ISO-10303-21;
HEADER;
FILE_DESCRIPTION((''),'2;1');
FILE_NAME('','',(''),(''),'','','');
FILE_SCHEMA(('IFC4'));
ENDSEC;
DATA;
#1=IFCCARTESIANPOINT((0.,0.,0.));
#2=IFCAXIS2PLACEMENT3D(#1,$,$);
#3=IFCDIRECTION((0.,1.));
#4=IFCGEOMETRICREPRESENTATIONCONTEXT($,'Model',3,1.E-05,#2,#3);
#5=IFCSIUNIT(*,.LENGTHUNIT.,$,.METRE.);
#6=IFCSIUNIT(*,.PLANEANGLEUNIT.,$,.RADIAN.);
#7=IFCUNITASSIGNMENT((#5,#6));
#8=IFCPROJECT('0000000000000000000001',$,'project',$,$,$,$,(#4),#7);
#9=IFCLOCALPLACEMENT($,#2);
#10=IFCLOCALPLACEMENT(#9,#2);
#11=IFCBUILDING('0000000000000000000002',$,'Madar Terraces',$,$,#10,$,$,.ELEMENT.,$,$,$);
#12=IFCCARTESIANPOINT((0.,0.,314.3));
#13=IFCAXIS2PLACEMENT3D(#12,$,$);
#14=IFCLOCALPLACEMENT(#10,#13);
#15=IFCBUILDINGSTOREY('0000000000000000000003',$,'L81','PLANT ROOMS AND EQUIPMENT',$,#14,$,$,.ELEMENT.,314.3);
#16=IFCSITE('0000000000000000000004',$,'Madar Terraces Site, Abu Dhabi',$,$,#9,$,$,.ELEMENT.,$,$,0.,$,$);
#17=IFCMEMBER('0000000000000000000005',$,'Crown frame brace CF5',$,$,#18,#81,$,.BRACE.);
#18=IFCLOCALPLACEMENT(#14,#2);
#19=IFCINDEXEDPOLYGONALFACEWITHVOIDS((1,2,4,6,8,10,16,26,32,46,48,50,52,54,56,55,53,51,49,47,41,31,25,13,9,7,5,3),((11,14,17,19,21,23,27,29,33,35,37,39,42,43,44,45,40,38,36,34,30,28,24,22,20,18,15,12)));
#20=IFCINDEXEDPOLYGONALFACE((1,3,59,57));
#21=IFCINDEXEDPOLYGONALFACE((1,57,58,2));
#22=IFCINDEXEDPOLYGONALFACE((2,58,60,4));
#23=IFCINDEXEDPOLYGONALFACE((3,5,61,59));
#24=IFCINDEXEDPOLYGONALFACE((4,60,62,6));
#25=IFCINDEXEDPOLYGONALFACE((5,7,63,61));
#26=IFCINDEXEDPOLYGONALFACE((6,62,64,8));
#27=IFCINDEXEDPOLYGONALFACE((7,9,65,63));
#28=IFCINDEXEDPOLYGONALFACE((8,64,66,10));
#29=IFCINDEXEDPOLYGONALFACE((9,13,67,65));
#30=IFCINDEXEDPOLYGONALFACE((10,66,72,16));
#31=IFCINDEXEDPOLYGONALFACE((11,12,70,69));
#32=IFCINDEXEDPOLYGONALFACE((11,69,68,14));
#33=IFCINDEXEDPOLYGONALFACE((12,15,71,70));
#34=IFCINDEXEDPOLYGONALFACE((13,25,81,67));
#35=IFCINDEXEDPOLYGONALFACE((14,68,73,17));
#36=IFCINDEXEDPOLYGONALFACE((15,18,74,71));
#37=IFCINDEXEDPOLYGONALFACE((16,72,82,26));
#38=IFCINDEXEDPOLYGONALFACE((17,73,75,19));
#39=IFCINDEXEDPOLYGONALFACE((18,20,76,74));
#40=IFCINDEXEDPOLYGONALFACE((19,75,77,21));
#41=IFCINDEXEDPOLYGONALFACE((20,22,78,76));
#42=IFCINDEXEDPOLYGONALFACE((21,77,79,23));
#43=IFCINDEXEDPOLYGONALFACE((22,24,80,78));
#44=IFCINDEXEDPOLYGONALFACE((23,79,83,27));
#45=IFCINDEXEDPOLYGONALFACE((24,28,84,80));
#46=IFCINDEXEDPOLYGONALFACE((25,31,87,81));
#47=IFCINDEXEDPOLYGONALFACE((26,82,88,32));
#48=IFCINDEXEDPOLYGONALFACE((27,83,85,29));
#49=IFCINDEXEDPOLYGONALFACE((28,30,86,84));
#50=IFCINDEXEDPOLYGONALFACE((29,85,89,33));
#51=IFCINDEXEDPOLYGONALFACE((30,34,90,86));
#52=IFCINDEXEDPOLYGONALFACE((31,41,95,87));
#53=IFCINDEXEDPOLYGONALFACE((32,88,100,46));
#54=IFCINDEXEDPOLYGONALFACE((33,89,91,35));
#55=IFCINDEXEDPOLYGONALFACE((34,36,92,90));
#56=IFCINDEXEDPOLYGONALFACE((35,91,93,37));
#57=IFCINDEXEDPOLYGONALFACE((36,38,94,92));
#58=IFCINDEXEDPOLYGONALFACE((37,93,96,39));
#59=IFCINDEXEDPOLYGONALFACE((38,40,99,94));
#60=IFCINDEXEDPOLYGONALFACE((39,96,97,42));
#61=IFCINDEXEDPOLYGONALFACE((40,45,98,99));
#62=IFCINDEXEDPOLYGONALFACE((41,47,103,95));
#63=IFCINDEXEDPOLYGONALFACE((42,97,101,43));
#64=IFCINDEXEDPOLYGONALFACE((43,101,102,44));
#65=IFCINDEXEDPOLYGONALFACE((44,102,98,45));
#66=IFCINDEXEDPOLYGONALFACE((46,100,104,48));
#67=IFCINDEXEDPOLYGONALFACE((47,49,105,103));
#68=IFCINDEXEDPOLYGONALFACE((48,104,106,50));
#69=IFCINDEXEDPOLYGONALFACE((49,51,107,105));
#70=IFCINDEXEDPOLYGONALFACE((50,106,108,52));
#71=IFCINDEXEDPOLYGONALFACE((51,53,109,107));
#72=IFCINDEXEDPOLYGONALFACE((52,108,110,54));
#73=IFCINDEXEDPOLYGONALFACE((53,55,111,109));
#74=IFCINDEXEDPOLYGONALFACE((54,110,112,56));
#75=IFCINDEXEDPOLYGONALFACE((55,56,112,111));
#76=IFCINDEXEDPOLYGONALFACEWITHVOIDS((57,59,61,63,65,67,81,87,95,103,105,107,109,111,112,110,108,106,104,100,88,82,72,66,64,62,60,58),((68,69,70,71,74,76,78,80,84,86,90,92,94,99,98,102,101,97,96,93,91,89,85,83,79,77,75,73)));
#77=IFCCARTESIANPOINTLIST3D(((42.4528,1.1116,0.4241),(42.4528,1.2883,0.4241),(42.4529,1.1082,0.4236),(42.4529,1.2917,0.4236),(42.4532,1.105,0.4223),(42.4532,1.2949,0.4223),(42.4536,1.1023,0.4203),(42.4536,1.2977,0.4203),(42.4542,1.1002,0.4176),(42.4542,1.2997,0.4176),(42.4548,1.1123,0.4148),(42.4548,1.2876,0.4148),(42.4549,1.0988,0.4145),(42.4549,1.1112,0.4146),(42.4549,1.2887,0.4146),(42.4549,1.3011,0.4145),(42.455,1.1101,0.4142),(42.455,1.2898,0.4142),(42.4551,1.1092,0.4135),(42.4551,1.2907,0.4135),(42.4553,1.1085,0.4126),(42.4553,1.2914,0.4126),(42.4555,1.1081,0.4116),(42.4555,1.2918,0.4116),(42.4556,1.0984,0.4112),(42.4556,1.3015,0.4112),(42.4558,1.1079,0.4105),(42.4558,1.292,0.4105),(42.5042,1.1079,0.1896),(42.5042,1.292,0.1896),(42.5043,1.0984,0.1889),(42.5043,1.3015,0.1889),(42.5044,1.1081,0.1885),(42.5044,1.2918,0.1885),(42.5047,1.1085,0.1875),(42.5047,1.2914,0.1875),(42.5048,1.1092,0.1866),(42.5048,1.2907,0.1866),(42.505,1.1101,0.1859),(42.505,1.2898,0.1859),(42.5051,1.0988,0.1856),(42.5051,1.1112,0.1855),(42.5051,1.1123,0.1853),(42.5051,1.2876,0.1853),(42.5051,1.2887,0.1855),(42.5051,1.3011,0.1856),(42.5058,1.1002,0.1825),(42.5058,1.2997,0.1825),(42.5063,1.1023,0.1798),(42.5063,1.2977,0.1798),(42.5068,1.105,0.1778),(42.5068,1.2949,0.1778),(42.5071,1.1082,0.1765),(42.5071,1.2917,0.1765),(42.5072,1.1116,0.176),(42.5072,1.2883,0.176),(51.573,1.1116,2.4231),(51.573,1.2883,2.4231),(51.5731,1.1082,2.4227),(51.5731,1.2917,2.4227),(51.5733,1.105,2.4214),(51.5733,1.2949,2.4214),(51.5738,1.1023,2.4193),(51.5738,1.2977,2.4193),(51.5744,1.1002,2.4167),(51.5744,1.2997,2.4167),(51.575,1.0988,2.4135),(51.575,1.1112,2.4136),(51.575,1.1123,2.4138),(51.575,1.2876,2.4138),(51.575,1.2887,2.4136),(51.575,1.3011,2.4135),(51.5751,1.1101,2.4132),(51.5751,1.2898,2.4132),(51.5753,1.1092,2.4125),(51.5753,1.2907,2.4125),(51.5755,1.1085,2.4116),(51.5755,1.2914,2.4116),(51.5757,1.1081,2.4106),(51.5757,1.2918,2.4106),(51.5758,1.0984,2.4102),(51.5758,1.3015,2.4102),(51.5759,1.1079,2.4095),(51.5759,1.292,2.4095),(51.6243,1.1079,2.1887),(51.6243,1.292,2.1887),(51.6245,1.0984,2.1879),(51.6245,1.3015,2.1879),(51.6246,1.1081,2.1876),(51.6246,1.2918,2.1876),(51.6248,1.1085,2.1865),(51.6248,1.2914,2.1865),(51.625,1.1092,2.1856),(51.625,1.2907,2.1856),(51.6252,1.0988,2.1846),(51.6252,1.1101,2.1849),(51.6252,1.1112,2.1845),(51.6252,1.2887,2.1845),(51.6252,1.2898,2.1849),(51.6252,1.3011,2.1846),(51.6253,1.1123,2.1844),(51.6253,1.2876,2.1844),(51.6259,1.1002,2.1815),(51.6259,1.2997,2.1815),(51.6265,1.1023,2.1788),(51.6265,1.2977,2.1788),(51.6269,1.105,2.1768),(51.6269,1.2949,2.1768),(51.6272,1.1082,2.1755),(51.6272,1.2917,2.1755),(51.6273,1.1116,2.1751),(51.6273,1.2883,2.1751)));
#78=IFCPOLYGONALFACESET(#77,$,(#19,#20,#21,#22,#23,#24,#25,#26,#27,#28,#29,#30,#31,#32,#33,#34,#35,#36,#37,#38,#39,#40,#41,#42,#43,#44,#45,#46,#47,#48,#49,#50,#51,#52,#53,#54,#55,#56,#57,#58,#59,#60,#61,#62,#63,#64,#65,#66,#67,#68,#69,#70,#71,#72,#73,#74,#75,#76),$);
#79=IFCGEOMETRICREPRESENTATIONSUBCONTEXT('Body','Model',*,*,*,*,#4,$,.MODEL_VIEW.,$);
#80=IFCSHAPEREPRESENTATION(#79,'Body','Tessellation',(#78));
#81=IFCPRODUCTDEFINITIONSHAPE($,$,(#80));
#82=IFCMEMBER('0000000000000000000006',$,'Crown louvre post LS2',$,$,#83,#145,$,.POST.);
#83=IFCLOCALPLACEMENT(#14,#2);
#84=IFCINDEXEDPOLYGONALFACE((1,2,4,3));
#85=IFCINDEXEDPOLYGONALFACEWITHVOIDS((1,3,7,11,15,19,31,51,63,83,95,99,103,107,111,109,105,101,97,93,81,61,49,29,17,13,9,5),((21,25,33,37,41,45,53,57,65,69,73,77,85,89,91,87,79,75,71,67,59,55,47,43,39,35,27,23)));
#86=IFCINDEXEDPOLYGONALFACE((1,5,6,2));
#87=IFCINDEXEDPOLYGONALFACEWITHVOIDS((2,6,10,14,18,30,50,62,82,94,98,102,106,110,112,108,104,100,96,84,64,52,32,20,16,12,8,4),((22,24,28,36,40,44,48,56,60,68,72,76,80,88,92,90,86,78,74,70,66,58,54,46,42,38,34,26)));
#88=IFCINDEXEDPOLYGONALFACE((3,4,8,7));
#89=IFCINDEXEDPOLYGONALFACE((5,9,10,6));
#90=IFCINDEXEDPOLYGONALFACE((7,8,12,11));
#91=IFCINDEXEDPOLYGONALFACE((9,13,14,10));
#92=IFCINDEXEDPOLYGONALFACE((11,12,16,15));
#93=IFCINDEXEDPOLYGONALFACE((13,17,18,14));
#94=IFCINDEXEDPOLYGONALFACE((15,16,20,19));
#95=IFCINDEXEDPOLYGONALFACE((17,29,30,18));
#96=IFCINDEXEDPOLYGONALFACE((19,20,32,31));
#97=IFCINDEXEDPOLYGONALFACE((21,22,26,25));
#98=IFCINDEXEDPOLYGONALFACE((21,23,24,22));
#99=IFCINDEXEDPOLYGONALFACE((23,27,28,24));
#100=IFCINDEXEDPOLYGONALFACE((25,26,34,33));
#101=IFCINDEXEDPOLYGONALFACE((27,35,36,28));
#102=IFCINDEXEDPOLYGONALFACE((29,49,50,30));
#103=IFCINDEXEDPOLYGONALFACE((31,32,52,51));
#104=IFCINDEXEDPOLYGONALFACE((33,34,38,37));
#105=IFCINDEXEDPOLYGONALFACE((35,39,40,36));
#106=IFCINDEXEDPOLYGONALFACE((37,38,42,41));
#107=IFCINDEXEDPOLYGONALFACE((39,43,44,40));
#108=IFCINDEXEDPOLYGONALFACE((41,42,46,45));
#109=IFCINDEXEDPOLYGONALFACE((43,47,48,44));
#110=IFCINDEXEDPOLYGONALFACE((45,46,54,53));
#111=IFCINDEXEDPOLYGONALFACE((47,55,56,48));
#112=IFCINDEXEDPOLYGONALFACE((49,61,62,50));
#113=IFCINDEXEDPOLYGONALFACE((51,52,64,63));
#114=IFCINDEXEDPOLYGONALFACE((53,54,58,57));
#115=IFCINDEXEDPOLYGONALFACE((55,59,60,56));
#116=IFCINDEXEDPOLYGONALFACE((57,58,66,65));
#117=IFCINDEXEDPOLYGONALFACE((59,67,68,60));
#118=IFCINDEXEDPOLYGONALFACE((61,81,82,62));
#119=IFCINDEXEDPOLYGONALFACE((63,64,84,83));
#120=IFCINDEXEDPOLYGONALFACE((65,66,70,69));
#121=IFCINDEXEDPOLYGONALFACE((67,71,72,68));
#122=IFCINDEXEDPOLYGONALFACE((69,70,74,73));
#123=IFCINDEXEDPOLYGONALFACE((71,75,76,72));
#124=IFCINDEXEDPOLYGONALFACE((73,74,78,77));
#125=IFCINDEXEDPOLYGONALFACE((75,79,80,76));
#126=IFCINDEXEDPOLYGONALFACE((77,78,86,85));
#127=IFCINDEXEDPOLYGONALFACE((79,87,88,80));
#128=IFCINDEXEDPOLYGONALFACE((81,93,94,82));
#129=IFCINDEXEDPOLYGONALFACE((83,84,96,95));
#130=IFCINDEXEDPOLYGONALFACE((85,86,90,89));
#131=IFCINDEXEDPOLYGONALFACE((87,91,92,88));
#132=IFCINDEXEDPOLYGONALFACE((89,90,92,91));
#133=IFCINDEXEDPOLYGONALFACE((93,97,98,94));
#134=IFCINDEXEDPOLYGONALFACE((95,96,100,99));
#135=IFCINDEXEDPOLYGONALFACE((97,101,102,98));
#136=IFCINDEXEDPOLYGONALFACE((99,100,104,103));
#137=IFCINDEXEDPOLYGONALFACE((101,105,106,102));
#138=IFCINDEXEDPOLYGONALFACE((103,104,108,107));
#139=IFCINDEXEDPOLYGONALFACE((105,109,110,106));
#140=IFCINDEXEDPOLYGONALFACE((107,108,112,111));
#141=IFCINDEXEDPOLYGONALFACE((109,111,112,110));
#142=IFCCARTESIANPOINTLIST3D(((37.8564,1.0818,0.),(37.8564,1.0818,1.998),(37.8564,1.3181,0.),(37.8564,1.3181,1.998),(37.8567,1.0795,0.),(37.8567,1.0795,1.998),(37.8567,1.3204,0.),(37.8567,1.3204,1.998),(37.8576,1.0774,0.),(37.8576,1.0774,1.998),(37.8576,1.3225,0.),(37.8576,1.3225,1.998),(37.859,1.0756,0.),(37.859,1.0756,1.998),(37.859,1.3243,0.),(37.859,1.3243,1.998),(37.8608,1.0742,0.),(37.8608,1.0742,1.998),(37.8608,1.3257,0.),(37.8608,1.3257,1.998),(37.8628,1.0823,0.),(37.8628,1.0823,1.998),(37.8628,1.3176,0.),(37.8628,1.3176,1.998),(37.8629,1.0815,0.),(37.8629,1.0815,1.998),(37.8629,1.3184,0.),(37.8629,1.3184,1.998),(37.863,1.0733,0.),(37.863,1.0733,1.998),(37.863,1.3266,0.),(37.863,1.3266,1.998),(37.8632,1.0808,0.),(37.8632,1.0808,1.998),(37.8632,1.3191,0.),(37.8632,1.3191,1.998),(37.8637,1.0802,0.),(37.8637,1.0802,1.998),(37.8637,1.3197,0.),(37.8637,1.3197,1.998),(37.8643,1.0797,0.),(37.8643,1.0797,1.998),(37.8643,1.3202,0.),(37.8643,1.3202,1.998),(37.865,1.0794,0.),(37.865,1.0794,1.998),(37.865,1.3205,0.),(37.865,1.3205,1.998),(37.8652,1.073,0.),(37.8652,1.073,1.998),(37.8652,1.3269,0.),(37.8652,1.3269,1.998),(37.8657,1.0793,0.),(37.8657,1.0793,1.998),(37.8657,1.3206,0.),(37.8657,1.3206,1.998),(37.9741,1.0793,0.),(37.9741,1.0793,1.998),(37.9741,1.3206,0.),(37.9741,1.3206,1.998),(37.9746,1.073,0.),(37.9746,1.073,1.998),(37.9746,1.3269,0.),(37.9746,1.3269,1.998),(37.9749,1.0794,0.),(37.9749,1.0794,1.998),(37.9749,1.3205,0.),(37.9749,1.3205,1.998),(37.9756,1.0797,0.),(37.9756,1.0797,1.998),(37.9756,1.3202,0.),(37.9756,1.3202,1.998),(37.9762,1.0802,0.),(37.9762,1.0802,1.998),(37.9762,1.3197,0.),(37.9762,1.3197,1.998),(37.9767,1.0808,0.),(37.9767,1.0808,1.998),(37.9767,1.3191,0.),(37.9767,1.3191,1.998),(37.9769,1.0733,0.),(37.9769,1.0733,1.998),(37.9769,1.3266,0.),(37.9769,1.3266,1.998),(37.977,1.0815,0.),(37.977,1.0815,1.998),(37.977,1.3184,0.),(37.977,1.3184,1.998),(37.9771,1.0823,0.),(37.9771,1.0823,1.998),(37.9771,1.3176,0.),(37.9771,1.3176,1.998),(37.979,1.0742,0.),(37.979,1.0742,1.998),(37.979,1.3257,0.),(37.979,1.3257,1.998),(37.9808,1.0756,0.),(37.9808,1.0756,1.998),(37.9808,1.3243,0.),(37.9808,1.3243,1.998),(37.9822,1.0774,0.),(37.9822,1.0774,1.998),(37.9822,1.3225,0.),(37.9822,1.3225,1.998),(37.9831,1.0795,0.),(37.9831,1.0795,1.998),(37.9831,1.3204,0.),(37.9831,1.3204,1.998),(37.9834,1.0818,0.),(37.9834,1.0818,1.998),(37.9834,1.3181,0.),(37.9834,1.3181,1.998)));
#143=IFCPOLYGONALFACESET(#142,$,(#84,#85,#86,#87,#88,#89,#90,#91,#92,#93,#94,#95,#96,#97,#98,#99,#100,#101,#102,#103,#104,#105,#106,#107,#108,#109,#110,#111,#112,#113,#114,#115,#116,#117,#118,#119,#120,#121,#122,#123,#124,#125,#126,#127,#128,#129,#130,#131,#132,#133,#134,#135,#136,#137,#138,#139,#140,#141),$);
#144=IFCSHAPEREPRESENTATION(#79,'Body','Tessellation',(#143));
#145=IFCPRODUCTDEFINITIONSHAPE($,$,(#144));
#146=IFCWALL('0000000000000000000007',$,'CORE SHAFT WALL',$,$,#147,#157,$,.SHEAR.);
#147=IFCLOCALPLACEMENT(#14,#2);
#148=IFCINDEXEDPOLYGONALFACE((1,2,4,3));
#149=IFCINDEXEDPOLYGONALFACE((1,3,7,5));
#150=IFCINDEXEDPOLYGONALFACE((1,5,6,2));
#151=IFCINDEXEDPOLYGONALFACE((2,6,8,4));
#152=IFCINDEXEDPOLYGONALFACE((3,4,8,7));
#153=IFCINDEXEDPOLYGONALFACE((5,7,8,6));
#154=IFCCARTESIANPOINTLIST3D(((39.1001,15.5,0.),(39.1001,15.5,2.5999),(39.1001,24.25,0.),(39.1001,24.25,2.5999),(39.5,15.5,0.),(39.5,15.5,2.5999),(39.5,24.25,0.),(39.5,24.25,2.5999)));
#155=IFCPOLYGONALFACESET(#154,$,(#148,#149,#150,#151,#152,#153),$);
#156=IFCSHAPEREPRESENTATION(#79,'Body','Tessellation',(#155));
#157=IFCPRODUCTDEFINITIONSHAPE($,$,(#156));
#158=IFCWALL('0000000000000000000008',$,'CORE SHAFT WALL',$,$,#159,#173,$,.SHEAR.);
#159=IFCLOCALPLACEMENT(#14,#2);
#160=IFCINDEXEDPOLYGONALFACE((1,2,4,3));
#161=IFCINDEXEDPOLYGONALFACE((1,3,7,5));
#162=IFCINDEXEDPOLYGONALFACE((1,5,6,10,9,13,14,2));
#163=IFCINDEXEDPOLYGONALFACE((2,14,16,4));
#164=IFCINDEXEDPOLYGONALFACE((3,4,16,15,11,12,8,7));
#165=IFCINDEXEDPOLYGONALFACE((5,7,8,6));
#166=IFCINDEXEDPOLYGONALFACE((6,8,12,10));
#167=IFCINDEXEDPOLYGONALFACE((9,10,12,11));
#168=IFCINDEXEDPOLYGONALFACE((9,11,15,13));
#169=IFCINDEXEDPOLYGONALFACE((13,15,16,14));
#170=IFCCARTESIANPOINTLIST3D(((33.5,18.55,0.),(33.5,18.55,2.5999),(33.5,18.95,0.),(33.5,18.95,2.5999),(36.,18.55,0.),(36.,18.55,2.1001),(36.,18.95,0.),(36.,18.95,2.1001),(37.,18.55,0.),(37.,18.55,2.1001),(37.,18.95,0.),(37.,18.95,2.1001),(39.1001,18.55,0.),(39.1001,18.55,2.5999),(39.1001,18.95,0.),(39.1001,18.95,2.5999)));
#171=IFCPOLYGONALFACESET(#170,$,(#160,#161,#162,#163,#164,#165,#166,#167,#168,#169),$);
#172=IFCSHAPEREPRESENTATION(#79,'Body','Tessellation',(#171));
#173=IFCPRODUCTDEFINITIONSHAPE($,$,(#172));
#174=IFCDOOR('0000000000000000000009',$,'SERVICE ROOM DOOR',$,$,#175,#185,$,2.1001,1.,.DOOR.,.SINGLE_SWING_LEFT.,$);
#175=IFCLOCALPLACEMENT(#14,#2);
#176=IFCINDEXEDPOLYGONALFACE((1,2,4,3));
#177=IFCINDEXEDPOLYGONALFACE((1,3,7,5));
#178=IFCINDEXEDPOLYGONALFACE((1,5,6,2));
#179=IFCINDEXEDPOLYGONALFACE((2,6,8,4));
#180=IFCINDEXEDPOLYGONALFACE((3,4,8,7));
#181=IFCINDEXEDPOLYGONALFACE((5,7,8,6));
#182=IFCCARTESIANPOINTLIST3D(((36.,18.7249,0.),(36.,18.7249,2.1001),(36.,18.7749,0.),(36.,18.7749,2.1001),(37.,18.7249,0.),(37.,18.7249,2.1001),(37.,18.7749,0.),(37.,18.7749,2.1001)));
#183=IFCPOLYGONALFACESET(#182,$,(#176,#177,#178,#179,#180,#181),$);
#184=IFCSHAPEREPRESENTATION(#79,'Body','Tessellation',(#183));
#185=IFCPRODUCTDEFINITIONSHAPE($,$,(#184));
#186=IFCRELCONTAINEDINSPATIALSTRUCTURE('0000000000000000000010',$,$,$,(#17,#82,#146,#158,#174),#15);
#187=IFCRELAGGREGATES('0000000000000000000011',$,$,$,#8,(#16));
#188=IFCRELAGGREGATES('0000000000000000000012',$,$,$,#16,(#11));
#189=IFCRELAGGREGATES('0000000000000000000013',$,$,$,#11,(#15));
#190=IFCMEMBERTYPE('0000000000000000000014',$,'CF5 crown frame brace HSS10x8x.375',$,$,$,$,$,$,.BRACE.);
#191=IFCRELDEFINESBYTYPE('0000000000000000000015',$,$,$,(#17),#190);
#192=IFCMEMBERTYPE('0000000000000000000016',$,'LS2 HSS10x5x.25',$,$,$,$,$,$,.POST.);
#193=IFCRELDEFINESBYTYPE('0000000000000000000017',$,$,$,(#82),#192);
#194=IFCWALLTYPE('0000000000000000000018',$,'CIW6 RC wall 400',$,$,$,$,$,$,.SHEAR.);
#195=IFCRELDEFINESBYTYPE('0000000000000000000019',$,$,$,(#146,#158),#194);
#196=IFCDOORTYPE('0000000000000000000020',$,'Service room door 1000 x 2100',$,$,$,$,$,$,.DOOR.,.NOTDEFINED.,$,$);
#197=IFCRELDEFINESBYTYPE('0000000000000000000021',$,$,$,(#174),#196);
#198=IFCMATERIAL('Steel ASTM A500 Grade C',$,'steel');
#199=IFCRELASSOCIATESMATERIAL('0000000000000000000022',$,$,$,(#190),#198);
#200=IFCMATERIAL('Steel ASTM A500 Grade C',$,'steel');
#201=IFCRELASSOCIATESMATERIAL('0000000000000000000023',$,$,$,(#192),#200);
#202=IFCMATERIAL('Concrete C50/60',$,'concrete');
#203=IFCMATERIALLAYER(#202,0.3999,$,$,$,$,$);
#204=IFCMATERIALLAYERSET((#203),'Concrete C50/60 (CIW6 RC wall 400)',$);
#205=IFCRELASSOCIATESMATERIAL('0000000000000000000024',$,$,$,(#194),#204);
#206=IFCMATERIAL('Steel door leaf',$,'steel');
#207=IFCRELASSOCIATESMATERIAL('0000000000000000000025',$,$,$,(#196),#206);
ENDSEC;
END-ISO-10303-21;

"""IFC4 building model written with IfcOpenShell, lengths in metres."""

from ifc_helpers import new_model, si_unit, direction, frame, frame_2d, origin, origin_2d, place, context, subcontext, project, spatial, rectangle, hollow_rectangle, extrude, material, layer, layer_set, material_profile, profile_set, type_object, element, fill, save


model = new_model("IFC4")

# Units and contexts
model_context = context("Model", 3, precision=1e-05, world=origin(), true_north=direction((0.0, 1.0)))
body_context = subcontext(model_context, "Body", "Model", "MODEL_VIEW")
ifc_project = project(units=[si_unit("LENGTHUNIT", "METRE"), si_unit("PLANEANGLEUNIT", "RADIAN")], contexts=[model_context])

# Site, building, storey
site_placement = place(None, origin())
site = spatial("IfcSite", under=ifc_project, at=site_placement, Name="Madar Terraces Site, Abu Dhabi", CompositionType="ELEMENT", RefElevation=0.0)
building_placement = place(site_placement, origin())
building = spatial("IfcBuilding", under=site, at=building_placement, Name="Madar Terraces", CompositionType="ELEMENT")
storey_placement = place(building_placement, frame((0.0, 0.0, 314.3)))
storey = spatial("IfcBuildingStorey", under=building, at=storey_placement, Name="L81", Description="PLANT ROOMS AND EQUIPMENT", CompositionType="ELEMENT", Elevation=314.3)

# Members
ifc_material_1 = material(Name="Steel ASTM A500 Grade C", Category="steel")
ifc_material_profile_1 = material_profile(ifc_material_1, hollow_rectangle(XDim=0.2031, YDim=0.2539, WallThickness=0.0095, InnerFilletRadius=0.0044, OuterFilletRadius=0.0132, at=origin_2d()), Name="HSS10x8x.375")
ifc_profile_set_1 = profile_set([ifc_material_profile_1], Name="Steel ASTM A500 Grade C")
member_type_1 = type_object("IfcMemberType", Name="CF5 crown frame brace HSS10x8x.375", PredefinedType="BRACE", material=ifc_profile_set_1)
member_1_placement = place(storey_placement, frame((42.48, 1.2, 0.3), z_axis=(0.976811, 0.0, 0.214105), x_axis=(0.0, 1.0, 0.0)))
element("IfcMember", 1, at=member_1_placement, inside=storey, type_object=member_type_1, Name="Crown frame brace CF5", PredefinedType="BRACE", context=body_context, shape_type="SweptSolid", body=[
    extrude(hollow_rectangle(XDim=0.2031, YDim=0.2539, WallThickness=0.0095, InnerFilletRadius=0.0044, OuterFilletRadius=0.0132, at=origin_2d()), origin(), (0.0, 0.0, 1.0), 9.3367),
])
ifc_material_2 = material(Name="Steel ASTM A500 Grade C", Category="steel")
ifc_material_profile_2 = material_profile(ifc_material_2, hollow_rectangle(XDim=0.127, YDim=0.2539, WallThickness=0.0063, InnerFilletRadius=0.0029, OuterFilletRadius=0.0088, at=origin_2d()), Name="HSS10x5x.25")
ifc_profile_set_2 = profile_set([ifc_material_profile_2], Name="Steel ASTM A500 Grade C")
member_type_2 = type_object("IfcMemberType", Name="LS2 HSS10x5x.25", PredefinedType="POST", material=ifc_profile_set_2)
member_2_placement = place(storey_placement, frame((37.9199, 1.2, 0.0), z_axis=(0.0, 0.0, 1.0), x_axis=(1.0, 0.0, 0.0)))
element("IfcMember", 2, at=member_2_placement, inside=storey, type_object=member_type_2, Name="Crown louvre post LS2", PredefinedType="POST", context=body_context, shape_type="SweptSolid", body=[
    extrude(hollow_rectangle(XDim=0.127, YDim=0.2539, WallThickness=0.0063, InnerFilletRadius=0.0029, OuterFilletRadius=0.0088, at=origin_2d()), origin(), (0.0, 0.0, 1.0), 1.998),
])

# Wall
ifc_material_3 = material(Name="Concrete C50/60", Category="concrete")
ifc_layer = layer(ifc_material_3, 0.3999)
ifc_layer_set = layer_set([ifc_layer], Name="Concrete C50/60 (CIW6 RC wall 400)")
wall_type = type_object("IfcWallType", Name="CIW6 RC wall 400", PredefinedType="SHEAR", material=ifc_layer_set)
wall_1_placement = place(storey_placement, frame((39.3, 15.5, 0.0), z_axis=(0.0, 0.0, 1.0), x_axis=(0.0, 1.0, 0.0)))
element("IfcWall", 3, at=wall_1_placement, inside=storey, type_object=wall_type, Name="CORE SHAFT WALL", PredefinedType="SHEAR", context=body_context, shape_type="SweptSolid", body=[
    extrude(rectangle(XDim=8.75, YDim=0.3999, at=frame_2d((4.375, 0.0))), origin(), (0.0, 0.0, 1.0), 2.5999),
])

# Wall, opening, door
wall_2_placement = place(storey_placement, frame((33.5, 18.75, 0.0), z_axis=(0.0, 0.0, 1.0), x_axis=(1.0, 0.0, 0.0)))
wall_2 = element("IfcWall", 4, at=wall_2_placement, inside=storey, type_object=wall_type, Name="CORE SHAFT WALL", PredefinedType="SHEAR", context=body_context, shape_type="SweptSolid", body=[
    extrude(rectangle(XDim=5.6001, YDim=0.3999, at=frame_2d((2.8, 0.0))), origin(), (0.0, 0.0, 1.0), 2.5999),
])
opening_placement = place(wall_2_placement, frame((2.5, 0.0, 0.0)))
opening = element("IfcOpeningElement", 5, at=opening_placement, cuts=wall_2, PredefinedType="OPENING", context=body_context, shape_type="SweptSolid", body=[
    extrude(rectangle(XDim=1.0, YDim=2.1001, at=frame_2d((0.5, 1.05))), frame((0.0, 0.21, 0.0), z_axis=(0.0, -1.0, 0.0), x_axis=(1.0, 0.0, 0.0)), (0.0, 0.0, 1.0), 0.4199),
])
ifc_material_4 = material(Name="Steel door leaf", Category="steel")
door_type = type_object("IfcDoorType", Name="Service room door 1000 x 2100", OperationType="NOTDEFINED", PredefinedType="DOOR", material=ifc_material_4)
door_placement = place(opening_placement, origin())
door = element("IfcDoor", 6, at=door_placement, inside=storey, type_object=door_type, Name="SERVICE ROOM DOOR", OperationType="SINGLE_SWING_LEFT", OverallHeight=2.1001, OverallWidth=1.0, PredefinedType="DOOR", context=body_context, shape_type="SweptSolid", body=[
    extrude(rectangle(XDim=1.0, YDim=2.1001, at=frame_2d((0.5, 1.05))), frame((0.0, 0.0249, 0.0), z_axis=(0.0, -1.0, 0.0), x_axis=(1.0, 0.0, 0.0)), (0.0, 0.0, 1.0), 0.05),
])
fill(opening, door)

save(model, "model.ifc")
